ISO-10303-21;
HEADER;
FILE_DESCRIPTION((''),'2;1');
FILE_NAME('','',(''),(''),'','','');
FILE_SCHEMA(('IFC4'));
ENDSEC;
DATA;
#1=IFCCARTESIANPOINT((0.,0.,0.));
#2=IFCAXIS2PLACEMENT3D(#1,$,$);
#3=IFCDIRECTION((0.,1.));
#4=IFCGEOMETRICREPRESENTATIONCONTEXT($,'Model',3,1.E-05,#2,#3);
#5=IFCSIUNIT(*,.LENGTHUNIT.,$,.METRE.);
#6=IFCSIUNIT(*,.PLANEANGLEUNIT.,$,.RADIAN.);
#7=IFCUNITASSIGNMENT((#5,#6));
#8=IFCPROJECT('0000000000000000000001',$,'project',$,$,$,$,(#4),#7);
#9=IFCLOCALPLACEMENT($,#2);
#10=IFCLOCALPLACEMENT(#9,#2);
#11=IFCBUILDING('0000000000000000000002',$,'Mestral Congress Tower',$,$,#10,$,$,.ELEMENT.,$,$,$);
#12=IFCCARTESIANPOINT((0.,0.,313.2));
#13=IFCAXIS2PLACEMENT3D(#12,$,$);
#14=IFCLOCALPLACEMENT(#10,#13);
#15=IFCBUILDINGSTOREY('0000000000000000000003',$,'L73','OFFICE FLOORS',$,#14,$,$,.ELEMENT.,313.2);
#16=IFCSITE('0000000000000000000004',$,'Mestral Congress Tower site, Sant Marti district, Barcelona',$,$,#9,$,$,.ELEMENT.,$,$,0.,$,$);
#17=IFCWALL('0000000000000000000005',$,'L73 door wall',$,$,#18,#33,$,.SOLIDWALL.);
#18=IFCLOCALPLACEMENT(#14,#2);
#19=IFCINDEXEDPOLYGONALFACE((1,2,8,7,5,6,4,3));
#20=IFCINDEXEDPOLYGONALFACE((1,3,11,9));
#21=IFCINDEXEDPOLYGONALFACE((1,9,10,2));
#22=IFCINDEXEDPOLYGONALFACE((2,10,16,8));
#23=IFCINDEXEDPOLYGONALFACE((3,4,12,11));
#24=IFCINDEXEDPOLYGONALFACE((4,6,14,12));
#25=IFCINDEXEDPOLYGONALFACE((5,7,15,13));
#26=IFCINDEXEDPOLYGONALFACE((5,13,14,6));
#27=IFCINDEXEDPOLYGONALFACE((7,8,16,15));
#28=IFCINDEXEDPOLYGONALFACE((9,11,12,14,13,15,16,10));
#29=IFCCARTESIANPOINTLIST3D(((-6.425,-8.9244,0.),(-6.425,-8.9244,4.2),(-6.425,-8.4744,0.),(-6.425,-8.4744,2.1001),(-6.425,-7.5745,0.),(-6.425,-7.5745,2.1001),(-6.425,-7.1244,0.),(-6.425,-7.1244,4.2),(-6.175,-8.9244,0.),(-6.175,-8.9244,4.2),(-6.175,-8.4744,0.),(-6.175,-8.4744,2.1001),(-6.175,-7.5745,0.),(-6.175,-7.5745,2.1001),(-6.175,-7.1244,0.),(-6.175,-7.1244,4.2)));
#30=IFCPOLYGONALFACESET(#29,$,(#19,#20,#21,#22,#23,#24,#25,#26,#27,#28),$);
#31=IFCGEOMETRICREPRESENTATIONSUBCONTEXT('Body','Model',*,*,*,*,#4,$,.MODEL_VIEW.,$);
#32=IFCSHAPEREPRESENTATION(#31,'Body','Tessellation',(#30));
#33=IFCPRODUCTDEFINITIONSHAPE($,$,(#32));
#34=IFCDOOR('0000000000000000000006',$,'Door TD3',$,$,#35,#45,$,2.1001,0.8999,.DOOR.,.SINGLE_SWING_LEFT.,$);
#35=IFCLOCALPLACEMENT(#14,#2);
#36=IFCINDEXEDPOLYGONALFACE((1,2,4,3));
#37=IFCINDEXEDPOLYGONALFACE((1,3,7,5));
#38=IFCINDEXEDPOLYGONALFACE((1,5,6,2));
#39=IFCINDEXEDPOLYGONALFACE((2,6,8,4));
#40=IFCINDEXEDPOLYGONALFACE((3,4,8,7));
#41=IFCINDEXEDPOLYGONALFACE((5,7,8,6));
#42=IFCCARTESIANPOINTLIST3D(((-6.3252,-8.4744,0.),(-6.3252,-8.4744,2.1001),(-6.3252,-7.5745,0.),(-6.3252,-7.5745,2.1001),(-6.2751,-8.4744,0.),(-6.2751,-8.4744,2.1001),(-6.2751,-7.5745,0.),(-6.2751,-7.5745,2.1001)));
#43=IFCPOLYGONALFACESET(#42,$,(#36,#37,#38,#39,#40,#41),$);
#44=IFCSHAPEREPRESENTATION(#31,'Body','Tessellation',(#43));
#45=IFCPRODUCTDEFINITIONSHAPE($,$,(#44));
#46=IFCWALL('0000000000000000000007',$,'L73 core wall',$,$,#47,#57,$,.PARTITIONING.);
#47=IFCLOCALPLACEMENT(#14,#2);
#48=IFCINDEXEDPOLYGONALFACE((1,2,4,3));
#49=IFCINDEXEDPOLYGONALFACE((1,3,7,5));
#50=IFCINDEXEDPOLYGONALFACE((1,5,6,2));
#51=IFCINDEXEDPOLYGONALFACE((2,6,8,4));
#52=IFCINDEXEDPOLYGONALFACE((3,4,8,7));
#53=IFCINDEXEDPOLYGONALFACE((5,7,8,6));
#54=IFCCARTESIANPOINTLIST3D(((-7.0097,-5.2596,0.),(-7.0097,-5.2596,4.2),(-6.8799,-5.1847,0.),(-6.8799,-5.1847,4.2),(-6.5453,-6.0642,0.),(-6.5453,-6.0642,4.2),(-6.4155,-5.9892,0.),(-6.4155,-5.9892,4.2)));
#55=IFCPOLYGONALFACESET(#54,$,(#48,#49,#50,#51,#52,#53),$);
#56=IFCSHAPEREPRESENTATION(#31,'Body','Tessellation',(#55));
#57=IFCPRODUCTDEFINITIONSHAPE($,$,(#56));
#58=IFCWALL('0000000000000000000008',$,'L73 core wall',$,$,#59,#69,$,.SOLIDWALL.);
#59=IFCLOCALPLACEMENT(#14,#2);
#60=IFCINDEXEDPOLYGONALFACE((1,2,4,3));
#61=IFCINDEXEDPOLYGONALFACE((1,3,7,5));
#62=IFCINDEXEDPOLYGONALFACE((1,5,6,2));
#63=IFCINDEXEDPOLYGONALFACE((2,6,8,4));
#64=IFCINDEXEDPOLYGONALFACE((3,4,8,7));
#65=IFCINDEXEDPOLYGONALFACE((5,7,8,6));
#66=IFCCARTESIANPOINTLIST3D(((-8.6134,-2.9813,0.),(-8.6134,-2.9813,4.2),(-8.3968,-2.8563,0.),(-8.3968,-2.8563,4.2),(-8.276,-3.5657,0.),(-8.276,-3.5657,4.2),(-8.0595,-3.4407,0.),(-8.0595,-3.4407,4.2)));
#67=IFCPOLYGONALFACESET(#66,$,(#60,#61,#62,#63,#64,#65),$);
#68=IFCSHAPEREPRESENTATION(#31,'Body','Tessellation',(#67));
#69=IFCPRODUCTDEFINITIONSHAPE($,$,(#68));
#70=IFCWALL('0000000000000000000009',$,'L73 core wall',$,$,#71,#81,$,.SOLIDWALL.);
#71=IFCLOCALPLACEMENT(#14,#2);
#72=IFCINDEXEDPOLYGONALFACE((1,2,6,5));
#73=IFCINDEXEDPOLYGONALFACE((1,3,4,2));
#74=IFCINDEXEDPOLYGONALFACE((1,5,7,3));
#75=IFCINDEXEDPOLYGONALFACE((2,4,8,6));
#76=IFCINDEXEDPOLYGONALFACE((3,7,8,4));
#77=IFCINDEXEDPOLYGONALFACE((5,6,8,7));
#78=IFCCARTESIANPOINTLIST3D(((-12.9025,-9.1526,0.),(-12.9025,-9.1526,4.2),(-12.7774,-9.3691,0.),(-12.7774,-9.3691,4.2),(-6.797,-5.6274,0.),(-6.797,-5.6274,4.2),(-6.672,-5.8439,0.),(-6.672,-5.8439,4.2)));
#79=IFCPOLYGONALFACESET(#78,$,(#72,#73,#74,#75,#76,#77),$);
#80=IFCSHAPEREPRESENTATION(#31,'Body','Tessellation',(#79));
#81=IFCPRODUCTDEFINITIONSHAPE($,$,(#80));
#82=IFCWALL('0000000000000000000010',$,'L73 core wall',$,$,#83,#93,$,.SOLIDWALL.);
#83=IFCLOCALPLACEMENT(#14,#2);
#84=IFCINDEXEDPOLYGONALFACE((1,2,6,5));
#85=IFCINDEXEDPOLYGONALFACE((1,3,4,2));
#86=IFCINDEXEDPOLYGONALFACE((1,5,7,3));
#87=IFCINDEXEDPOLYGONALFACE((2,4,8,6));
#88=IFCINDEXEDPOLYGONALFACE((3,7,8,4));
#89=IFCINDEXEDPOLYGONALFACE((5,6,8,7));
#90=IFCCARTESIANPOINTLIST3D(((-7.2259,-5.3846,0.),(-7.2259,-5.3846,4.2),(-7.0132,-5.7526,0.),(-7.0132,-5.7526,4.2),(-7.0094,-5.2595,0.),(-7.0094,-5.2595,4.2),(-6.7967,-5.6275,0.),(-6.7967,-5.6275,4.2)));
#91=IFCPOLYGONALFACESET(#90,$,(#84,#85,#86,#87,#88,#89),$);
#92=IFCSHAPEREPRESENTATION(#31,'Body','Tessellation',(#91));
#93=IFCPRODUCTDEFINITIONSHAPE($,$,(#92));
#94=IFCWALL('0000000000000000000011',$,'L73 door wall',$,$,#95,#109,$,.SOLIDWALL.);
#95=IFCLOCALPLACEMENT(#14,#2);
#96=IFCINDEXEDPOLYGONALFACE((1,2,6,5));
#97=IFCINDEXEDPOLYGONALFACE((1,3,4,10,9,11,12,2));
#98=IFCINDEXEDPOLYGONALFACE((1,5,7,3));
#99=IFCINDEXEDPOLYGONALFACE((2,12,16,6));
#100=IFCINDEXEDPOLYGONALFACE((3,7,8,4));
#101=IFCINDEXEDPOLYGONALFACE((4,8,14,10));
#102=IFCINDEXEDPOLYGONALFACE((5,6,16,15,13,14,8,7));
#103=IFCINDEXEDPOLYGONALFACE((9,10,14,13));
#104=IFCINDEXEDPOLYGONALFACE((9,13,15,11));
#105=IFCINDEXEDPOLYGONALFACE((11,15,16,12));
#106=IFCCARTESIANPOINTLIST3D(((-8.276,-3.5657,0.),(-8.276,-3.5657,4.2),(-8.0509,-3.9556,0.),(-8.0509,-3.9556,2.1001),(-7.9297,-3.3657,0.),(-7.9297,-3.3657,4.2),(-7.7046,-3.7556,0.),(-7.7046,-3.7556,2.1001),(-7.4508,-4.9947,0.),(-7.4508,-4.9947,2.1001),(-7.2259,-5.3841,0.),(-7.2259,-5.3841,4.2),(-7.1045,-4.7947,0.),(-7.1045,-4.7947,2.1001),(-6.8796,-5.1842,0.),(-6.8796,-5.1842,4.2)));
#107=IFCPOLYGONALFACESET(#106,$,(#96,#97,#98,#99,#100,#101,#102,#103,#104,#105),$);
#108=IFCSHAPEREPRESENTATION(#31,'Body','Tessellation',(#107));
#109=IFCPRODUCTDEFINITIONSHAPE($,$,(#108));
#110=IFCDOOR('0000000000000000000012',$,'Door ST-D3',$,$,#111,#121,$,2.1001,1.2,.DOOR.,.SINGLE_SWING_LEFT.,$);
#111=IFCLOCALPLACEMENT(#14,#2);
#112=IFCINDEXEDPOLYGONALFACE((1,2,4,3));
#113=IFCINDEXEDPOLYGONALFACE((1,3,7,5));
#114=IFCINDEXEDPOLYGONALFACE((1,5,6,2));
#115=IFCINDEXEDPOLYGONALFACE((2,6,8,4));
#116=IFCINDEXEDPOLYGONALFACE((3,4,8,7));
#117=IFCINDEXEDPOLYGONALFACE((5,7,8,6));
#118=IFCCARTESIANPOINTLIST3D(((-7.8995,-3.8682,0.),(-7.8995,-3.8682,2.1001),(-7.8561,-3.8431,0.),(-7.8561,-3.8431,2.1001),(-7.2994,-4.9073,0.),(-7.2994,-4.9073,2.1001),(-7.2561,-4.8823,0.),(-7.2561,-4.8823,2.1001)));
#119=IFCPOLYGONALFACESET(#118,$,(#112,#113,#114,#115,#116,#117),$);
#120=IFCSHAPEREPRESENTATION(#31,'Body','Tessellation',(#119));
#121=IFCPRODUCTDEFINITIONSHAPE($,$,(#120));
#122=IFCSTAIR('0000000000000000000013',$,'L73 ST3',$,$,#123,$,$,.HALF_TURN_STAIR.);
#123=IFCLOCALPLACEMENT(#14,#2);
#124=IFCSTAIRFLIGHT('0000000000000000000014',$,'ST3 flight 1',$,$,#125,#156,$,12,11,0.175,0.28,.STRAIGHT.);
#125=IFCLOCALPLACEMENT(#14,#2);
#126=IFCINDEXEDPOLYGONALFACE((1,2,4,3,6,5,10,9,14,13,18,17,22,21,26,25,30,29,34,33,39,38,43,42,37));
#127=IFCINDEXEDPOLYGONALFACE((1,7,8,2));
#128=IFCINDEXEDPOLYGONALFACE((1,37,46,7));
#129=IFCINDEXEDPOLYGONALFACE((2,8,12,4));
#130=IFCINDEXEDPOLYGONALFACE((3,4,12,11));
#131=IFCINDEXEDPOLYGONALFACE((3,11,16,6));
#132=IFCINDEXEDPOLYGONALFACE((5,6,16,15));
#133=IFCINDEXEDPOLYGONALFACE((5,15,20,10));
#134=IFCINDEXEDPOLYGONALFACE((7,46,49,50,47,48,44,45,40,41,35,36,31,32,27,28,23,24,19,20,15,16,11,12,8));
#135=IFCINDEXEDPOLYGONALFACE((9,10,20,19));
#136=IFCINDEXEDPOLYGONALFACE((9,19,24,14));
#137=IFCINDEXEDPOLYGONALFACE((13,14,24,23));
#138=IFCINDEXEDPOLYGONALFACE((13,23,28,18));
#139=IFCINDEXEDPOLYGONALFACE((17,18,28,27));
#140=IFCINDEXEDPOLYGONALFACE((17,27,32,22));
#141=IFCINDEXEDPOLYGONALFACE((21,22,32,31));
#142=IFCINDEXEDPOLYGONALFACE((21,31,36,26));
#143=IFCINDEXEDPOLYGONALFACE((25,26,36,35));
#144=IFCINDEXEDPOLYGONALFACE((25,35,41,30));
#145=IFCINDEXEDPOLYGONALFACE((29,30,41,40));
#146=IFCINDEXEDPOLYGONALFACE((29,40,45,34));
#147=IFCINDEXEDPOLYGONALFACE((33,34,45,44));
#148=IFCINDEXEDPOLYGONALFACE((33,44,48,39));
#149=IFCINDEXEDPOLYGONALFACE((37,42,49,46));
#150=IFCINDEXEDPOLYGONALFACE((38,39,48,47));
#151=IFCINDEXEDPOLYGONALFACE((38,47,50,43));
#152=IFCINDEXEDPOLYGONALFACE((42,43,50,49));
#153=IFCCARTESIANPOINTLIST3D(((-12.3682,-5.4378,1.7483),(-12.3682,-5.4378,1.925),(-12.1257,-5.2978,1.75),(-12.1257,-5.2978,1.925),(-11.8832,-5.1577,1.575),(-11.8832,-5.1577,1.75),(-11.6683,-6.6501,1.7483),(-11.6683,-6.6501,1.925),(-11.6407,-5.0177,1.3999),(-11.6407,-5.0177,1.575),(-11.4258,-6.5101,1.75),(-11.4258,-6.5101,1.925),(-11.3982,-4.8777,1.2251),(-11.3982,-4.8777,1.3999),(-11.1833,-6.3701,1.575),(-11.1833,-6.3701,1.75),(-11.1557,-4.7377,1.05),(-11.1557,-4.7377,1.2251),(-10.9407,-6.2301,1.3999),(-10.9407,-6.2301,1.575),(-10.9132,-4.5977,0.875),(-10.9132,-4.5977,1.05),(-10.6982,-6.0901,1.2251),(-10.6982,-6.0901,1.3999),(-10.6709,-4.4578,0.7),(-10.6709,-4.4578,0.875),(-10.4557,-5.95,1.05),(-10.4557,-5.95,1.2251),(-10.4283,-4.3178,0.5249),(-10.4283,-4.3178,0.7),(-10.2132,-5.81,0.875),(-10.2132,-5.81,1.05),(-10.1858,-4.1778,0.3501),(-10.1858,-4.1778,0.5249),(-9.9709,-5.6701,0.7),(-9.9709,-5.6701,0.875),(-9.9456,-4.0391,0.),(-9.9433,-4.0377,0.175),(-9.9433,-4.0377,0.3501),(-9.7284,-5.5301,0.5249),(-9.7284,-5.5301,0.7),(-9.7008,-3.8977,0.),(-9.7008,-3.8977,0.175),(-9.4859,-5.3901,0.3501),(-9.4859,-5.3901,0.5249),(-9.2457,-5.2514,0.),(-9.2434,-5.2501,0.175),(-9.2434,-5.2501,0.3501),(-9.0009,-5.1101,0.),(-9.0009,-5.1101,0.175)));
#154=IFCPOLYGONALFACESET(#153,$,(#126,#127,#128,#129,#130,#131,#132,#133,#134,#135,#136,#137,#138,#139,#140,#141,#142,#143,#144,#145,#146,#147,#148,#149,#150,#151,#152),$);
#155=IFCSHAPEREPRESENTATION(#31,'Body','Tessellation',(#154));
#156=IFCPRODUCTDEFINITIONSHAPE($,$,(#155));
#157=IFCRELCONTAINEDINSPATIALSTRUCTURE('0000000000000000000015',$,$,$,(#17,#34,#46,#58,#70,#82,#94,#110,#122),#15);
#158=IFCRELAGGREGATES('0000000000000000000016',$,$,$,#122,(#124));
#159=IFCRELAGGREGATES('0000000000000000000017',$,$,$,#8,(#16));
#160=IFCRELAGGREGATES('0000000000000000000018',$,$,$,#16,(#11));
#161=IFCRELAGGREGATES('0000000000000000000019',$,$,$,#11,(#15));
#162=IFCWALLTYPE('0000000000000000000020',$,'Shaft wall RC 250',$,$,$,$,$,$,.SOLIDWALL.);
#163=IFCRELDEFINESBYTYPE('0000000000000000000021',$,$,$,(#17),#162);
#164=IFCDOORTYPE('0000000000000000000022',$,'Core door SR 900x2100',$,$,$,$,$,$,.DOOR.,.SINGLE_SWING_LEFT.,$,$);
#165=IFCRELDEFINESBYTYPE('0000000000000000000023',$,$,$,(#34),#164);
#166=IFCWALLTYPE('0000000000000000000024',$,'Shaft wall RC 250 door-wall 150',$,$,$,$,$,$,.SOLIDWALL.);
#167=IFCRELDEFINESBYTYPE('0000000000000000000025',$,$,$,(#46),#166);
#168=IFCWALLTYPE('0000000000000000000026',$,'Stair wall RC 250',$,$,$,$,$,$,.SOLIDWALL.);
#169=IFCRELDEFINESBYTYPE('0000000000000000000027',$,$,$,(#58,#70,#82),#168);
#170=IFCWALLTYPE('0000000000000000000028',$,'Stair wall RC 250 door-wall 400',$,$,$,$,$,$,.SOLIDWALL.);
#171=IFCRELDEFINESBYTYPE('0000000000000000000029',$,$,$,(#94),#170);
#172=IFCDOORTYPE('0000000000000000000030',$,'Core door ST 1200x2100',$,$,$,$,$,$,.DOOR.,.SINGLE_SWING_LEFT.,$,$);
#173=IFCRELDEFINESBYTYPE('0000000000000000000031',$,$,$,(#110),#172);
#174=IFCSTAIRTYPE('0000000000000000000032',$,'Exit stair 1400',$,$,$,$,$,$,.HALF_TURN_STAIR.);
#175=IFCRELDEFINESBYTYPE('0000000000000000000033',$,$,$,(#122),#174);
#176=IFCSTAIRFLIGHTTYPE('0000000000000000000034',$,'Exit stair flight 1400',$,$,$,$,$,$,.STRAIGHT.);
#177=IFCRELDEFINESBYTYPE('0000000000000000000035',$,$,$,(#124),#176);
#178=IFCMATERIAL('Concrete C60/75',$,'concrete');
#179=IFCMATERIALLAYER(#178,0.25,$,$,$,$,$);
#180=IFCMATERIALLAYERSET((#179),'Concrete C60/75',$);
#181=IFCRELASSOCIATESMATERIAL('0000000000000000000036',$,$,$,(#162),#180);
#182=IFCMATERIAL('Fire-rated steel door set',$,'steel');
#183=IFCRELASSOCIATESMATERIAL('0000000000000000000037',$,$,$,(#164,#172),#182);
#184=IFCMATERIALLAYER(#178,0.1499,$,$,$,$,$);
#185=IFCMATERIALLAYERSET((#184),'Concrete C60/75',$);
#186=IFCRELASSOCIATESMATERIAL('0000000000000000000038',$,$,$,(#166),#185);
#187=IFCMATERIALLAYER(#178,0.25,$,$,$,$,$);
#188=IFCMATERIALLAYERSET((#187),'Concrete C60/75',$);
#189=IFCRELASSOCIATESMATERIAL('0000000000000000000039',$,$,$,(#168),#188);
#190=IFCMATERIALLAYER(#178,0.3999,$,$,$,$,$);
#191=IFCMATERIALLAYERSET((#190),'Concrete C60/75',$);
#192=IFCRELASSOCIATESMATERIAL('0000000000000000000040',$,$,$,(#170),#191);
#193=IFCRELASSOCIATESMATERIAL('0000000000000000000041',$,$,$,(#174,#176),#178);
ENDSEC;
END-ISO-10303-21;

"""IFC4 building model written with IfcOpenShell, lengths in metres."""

from ifc_helpers import new_model, si_unit, direction, frame, frame_2d, origin, place, context, subcontext, project, spatial, polyline, rectangle, outline, extrude, material, layer, layer_set, type_object, element, fill, aggregate, save


model = new_model("IFC4")

# Units and contexts
model_context = context("Model", 3, precision=1e-05, world=origin(), true_north=direction((0.0, 1.0)))
body_context = subcontext(model_context, "Body", "Model", "MODEL_VIEW")
ifc_project = project(units=[si_unit("LENGTHUNIT", "METRE"), si_unit("PLANEANGLEUNIT", "RADIAN")], contexts=[model_context])

# Site, building, storey
site_placement = place(None, origin())
site = spatial("IfcSite", under=ifc_project, at=site_placement, Name="Mestral Congress Tower site, Sant Marti district, Barcelona", CompositionType="ELEMENT", RefElevation=0.0)
building_placement = place(site_placement, origin())
building = spatial("IfcBuilding", under=site, at=building_placement, Name="Mestral Congress Tower", CompositionType="ELEMENT")
storey_placement = place(building_placement, frame((0.0, 0.0, 313.2)))
storey = spatial("IfcBuildingStorey", under=building, at=storey_placement, Name="L73", Description="OFFICE FLOORS", CompositionType="ELEMENT", Elevation=313.2)

# Shared definitions
ifc_material_1 = material(Name="Fire-rated steel door set", Category="steel")

# Shared definitions
ifc_material_2 = material(Name="Concrete C60/75", Category="concrete")
ifc_layer_1 = layer(ifc_material_2, 0.25)
ifc_layer_set_1 = layer_set([ifc_layer_1], Name="Concrete C60/75")
wall_type_1 = type_object("IfcWallType", Name="Shaft wall RC 250", PredefinedType="SOLIDWALL", material=ifc_layer_set_1)

# Shared definitions
door_type_1 = type_object("IfcDoorType", Name="Core door SR 900x2100", OperationType="SINGLE_SWING_LEFT", PredefinedType="DOOR", material=ifc_material_1)

# Wall, opening, door
wall_1_placement = place(storey_placement, frame((-6.3, -7.1245, 0.0), z_axis=(0.0, 0.0, 1.0), x_axis=(0.0, -1.0, 0.0)))
wall_1 = element("IfcWall", 1, at=wall_1_placement, inside=storey, type_object=wall_type_1, Name="L73 door wall", PredefinedType="SOLIDWALL", context=body_context, shape_type="SweptSolid", body=[
    extrude(rectangle(XDim=1.8, YDim=0.25, at=frame_2d((0.8999, 0.0))), origin(), (0.0, 0.0, 1.0), 4.2),
])
opening_1_placement = place(wall_1_placement, frame((0.45, 0.0, 0.0)))
opening_1 = element("IfcOpeningElement", 2, at=opening_1_placement, cuts=wall_1, PredefinedType="OPENING", context=body_context, shape_type="SweptSolid", body=[
    extrude(rectangle(XDim=0.8999, YDim=2.1001, at=frame_2d((0.45, 1.05))), frame((0.0, 0.135, 0.0), z_axis=(0.0, -1.0, 0.0), x_axis=(1.0, 0.0, 0.0)), (0.0, 0.0, 1.0), 0.27),
])
door_1_placement = place(opening_1_placement, origin())
door_1 = element("IfcDoor", 3, at=door_1_placement, inside=storey, type_object=door_type_1, Name="Door TD3", OperationType="SINGLE_SWING_LEFT", OverallHeight=2.1001, OverallWidth=0.8999, PredefinedType="DOOR", context=body_context, shape_type="SweptSolid", body=[
    extrude(rectangle(XDim=0.8999, YDim=2.1001, at=frame_2d((0.45, 1.05))), frame((0.0, 0.0249, 0.0), z_axis=(0.0, -1.0, 0.0), x_axis=(1.0, 0.0, 0.0)), (0.0, 0.0, 1.0), 0.05),
])
fill(opening_1, door_1)

# Walls
ifc_layer_2 = layer(ifc_material_2, 0.1499)
ifc_layer_set_2 = layer_set([ifc_layer_2], Name="Concrete C60/75")
wall_type_2 = type_object("IfcWallType", Name="Shaft wall RC 250 door-wall 150", PredefinedType="SOLIDWALL", material=ifc_layer_set_2)
wall_2_placement = place(storey_placement, frame((-6.4805, -6.0266, 0.0), z_axis=(0.0, 0.0, 1.0), x_axis=(-0.499927, 0.866067, 0.0)))
element("IfcWall", 4, at=wall_2_placement, inside=storey, type_object=wall_type_2, Name="L73 core wall", PredefinedType="PARTITIONING", context=body_context, shape_type="SweptSolid", body=[
    extrude(rectangle(XDim=0.929, YDim=0.1499, at=frame_2d((0.4644, 0.0))), origin(), (0.0, 0.0, 1.0), 4.2),
])
ifc_layer_3 = layer(ifc_material_2, 0.25)
ifc_layer_set_3 = layer_set([ifc_layer_3], Name="Concrete C60/75")
wall_type_3 = type_object("IfcWallType", Name="Stair wall RC 250", PredefinedType="SOLIDWALL", material=ifc_layer_set_3)
wall_3_placement = place(storey_placement, frame((-8.1677, -3.5032, 0.0), z_axis=(0.0, 0.0, 1.0), x_axis=(-0.499952, 0.866053, 0.0)))
element("IfcWall", 5, at=wall_3_placement, inside=storey, type_object=wall_type_3, Name="L73 core wall", PredefinedType="SOLIDWALL", context=body_context, shape_type="SweptSolid", body=[
    extrude(rectangle(XDim=0.6748, YDim=0.25, at=frame_2d((0.3374, 0.0))), origin(), (0.0, 0.0, 1.0), 4.2),
])
wall_4_placement = place(storey_placement, frame((-12.8398, -9.2607, 0.0), z_axis=(0.0, 0.0, 1.0), x_axis=(0.866016, 0.500016, 0.0)))
element("IfcWall", 6, at=wall_4_placement, inside=storey, type_object=wall_type_3, Name="L73 core wall", PredefinedType="SOLIDWALL", context=body_context, shape_type="SweptSolid", body=[
    extrude(rectangle(XDim=7.05, YDim=0.25, at=frame_2d((3.5249, 0.0))), origin(), (0.0, 0.0, 1.0), 4.2),
])
wall_5_placement = place(storey_placement, frame((-6.905, -5.6899, 0.0), z_axis=(0.0, 0.0, 1.0), x_axis=(-0.500402, 0.865793, 0.0)))
element("IfcWall", 7, at=wall_5_placement, inside=storey, type_object=wall_type_3, Name="L73 core wall", PredefinedType="SOLIDWALL", context=body_context, shape_type="SweptSolid", body=[
    extrude(rectangle(XDim=0.425, YDim=0.25, at=frame_2d((0.2124, 0.0))), origin(), (0.0, 0.0, 1.0), 4.2),
])

# Wall, opening, door
ifc_layer_4 = layer(ifc_material_2, 0.3999)
ifc_layer_set_4 = layer_set([ifc_layer_4], Name="Concrete C60/75")
wall_type_4 = type_object("IfcWallType", Name="Stair wall RC 250 door-wall 400", PredefinedType="SOLIDWALL", material=ifc_layer_set_4)
wall_6_placement = place(storey_placement, frame((-8.1028, -3.4658, 0.0), z_axis=(0.0, 0.0, 1.0), x_axis=(0.500078, -0.86598, 0.0)))
wall_6 = element("IfcWall", 8, at=wall_6_placement, inside=storey, type_object=wall_type_4, Name="L73 door wall", PredefinedType="SOLIDWALL", context=body_context, shape_type="SweptSolid", body=[
    extrude(rectangle(XDim=2.0999, YDim=0.3999, at=frame_2d((1.0498, 0.0))), origin(), (0.0, 0.0, 1.0), 4.2),
])
opening_2_placement = place(wall_6_placement, frame((0.45, 0.0, 0.0)))
opening_2 = element("IfcOpeningElement", 9, at=opening_2_placement, cuts=wall_6, PredefinedType="OPENING", context=body_context, shape_type="SweptSolid", body=[
    extrude(rectangle(XDim=1.2, YDim=2.1001, at=frame_2d((0.6001, 1.05))), frame((0.0, 0.21, 0.0), z_axis=(0.0, -1.0, 0.0), x_axis=(1.0, 0.0, 0.0)), (0.0, 0.0, 1.0), 0.4199),
])
door_type_2 = type_object("IfcDoorType", Name="Core door ST 1200x2100", OperationType="SINGLE_SWING_LEFT", PredefinedType="DOOR", material=ifc_material_1)
door_2_placement = place(opening_2_placement, origin())
door_2 = element("IfcDoor", 10, at=door_2_placement, inside=storey, type_object=door_type_2, Name="Door ST-D3", OperationType="SINGLE_SWING_LEFT", OverallHeight=2.1001, OverallWidth=1.2, PredefinedType="DOOR", context=body_context, shape_type="SweptSolid", body=[
    extrude(rectangle(XDim=1.2, YDim=2.1001, at=frame_2d((0.6001, 1.05))), frame((0.0, 0.0249, 0.0), z_axis=(0.0, -1.0, 0.0), x_axis=(1.0, 0.0, 0.0)), (0.0, 0.0, 1.0), 0.05),
])
fill(opening_2, door_2)

# Stair, stair flight
stair_type = type_object("IfcStairType", Name="Exit stair 1400", PredefinedType="HALF_TURN_STAIR", material=ifc_material_2)
stair_placement = place(storey_placement, origin())
stair = element("IfcStair", 11, at=stair_placement, inside=storey, type_object=stair_type, Name="L73 ST3", PredefinedType="HALF_TURN_STAIR")
stair_flight_type = type_object("IfcStairFlightType", Name="Exit stair flight 1400", PredefinedType="STRAIGHT", material=ifc_material_2)
stair_flight_1_placement = place(storey_placement, frame((-9.3508, -4.5039, 0.0), z_axis=(0.0, 0.0, 1.0), x_axis=(-0.866025, -0.5, 0.0)))
stair_flight_1 = element("IfcStairFlight", 12, at=stair_flight_1_placement, type_object=stair_flight_type, Name="ST3 flight 1", NumberOfRisers=12, NumberOfTreads=11, PredefinedType="STRAIGHT", RiserHeight=0.175, TreadLength=0.28, context=body_context, shape_type="SweptSolid", body=[
    extrude(outline(polyline([(0.0, 0.0), (0.0, 0.175), (0.28, 0.175), (0.28, 0.3501), (0.5601, 0.3501), (0.5601, 0.5249), (0.8401, 0.5249), (0.8401, 0.7), (1.1201, 0.7), (1.1201, 0.875), (1.3999, 0.875), (1.3999, 1.05), (1.6799, 1.05), (1.6799, 1.2251), (1.96, 1.2251), (1.96, 1.3999), (2.24, 1.3999), (2.24, 1.575), (2.52, 1.575), (2.52, 1.75), (2.8, 1.75), (2.8, 1.925), (3.0801, 1.925), (3.0801, 2.1001), (3.0801, 1.7483), (0.2827, 0.0), (0.0, 0.0)])), frame((0.0, 0.7, 0.0), z_axis=(0.0, -1.0, 0.0), x_axis=(1.0, 0.0, 0.0)), (0.0, 0.0, 1.0), 1.3999),
])
aggregate(stair, [stair_flight_1])

save(model, "model.ifc")
